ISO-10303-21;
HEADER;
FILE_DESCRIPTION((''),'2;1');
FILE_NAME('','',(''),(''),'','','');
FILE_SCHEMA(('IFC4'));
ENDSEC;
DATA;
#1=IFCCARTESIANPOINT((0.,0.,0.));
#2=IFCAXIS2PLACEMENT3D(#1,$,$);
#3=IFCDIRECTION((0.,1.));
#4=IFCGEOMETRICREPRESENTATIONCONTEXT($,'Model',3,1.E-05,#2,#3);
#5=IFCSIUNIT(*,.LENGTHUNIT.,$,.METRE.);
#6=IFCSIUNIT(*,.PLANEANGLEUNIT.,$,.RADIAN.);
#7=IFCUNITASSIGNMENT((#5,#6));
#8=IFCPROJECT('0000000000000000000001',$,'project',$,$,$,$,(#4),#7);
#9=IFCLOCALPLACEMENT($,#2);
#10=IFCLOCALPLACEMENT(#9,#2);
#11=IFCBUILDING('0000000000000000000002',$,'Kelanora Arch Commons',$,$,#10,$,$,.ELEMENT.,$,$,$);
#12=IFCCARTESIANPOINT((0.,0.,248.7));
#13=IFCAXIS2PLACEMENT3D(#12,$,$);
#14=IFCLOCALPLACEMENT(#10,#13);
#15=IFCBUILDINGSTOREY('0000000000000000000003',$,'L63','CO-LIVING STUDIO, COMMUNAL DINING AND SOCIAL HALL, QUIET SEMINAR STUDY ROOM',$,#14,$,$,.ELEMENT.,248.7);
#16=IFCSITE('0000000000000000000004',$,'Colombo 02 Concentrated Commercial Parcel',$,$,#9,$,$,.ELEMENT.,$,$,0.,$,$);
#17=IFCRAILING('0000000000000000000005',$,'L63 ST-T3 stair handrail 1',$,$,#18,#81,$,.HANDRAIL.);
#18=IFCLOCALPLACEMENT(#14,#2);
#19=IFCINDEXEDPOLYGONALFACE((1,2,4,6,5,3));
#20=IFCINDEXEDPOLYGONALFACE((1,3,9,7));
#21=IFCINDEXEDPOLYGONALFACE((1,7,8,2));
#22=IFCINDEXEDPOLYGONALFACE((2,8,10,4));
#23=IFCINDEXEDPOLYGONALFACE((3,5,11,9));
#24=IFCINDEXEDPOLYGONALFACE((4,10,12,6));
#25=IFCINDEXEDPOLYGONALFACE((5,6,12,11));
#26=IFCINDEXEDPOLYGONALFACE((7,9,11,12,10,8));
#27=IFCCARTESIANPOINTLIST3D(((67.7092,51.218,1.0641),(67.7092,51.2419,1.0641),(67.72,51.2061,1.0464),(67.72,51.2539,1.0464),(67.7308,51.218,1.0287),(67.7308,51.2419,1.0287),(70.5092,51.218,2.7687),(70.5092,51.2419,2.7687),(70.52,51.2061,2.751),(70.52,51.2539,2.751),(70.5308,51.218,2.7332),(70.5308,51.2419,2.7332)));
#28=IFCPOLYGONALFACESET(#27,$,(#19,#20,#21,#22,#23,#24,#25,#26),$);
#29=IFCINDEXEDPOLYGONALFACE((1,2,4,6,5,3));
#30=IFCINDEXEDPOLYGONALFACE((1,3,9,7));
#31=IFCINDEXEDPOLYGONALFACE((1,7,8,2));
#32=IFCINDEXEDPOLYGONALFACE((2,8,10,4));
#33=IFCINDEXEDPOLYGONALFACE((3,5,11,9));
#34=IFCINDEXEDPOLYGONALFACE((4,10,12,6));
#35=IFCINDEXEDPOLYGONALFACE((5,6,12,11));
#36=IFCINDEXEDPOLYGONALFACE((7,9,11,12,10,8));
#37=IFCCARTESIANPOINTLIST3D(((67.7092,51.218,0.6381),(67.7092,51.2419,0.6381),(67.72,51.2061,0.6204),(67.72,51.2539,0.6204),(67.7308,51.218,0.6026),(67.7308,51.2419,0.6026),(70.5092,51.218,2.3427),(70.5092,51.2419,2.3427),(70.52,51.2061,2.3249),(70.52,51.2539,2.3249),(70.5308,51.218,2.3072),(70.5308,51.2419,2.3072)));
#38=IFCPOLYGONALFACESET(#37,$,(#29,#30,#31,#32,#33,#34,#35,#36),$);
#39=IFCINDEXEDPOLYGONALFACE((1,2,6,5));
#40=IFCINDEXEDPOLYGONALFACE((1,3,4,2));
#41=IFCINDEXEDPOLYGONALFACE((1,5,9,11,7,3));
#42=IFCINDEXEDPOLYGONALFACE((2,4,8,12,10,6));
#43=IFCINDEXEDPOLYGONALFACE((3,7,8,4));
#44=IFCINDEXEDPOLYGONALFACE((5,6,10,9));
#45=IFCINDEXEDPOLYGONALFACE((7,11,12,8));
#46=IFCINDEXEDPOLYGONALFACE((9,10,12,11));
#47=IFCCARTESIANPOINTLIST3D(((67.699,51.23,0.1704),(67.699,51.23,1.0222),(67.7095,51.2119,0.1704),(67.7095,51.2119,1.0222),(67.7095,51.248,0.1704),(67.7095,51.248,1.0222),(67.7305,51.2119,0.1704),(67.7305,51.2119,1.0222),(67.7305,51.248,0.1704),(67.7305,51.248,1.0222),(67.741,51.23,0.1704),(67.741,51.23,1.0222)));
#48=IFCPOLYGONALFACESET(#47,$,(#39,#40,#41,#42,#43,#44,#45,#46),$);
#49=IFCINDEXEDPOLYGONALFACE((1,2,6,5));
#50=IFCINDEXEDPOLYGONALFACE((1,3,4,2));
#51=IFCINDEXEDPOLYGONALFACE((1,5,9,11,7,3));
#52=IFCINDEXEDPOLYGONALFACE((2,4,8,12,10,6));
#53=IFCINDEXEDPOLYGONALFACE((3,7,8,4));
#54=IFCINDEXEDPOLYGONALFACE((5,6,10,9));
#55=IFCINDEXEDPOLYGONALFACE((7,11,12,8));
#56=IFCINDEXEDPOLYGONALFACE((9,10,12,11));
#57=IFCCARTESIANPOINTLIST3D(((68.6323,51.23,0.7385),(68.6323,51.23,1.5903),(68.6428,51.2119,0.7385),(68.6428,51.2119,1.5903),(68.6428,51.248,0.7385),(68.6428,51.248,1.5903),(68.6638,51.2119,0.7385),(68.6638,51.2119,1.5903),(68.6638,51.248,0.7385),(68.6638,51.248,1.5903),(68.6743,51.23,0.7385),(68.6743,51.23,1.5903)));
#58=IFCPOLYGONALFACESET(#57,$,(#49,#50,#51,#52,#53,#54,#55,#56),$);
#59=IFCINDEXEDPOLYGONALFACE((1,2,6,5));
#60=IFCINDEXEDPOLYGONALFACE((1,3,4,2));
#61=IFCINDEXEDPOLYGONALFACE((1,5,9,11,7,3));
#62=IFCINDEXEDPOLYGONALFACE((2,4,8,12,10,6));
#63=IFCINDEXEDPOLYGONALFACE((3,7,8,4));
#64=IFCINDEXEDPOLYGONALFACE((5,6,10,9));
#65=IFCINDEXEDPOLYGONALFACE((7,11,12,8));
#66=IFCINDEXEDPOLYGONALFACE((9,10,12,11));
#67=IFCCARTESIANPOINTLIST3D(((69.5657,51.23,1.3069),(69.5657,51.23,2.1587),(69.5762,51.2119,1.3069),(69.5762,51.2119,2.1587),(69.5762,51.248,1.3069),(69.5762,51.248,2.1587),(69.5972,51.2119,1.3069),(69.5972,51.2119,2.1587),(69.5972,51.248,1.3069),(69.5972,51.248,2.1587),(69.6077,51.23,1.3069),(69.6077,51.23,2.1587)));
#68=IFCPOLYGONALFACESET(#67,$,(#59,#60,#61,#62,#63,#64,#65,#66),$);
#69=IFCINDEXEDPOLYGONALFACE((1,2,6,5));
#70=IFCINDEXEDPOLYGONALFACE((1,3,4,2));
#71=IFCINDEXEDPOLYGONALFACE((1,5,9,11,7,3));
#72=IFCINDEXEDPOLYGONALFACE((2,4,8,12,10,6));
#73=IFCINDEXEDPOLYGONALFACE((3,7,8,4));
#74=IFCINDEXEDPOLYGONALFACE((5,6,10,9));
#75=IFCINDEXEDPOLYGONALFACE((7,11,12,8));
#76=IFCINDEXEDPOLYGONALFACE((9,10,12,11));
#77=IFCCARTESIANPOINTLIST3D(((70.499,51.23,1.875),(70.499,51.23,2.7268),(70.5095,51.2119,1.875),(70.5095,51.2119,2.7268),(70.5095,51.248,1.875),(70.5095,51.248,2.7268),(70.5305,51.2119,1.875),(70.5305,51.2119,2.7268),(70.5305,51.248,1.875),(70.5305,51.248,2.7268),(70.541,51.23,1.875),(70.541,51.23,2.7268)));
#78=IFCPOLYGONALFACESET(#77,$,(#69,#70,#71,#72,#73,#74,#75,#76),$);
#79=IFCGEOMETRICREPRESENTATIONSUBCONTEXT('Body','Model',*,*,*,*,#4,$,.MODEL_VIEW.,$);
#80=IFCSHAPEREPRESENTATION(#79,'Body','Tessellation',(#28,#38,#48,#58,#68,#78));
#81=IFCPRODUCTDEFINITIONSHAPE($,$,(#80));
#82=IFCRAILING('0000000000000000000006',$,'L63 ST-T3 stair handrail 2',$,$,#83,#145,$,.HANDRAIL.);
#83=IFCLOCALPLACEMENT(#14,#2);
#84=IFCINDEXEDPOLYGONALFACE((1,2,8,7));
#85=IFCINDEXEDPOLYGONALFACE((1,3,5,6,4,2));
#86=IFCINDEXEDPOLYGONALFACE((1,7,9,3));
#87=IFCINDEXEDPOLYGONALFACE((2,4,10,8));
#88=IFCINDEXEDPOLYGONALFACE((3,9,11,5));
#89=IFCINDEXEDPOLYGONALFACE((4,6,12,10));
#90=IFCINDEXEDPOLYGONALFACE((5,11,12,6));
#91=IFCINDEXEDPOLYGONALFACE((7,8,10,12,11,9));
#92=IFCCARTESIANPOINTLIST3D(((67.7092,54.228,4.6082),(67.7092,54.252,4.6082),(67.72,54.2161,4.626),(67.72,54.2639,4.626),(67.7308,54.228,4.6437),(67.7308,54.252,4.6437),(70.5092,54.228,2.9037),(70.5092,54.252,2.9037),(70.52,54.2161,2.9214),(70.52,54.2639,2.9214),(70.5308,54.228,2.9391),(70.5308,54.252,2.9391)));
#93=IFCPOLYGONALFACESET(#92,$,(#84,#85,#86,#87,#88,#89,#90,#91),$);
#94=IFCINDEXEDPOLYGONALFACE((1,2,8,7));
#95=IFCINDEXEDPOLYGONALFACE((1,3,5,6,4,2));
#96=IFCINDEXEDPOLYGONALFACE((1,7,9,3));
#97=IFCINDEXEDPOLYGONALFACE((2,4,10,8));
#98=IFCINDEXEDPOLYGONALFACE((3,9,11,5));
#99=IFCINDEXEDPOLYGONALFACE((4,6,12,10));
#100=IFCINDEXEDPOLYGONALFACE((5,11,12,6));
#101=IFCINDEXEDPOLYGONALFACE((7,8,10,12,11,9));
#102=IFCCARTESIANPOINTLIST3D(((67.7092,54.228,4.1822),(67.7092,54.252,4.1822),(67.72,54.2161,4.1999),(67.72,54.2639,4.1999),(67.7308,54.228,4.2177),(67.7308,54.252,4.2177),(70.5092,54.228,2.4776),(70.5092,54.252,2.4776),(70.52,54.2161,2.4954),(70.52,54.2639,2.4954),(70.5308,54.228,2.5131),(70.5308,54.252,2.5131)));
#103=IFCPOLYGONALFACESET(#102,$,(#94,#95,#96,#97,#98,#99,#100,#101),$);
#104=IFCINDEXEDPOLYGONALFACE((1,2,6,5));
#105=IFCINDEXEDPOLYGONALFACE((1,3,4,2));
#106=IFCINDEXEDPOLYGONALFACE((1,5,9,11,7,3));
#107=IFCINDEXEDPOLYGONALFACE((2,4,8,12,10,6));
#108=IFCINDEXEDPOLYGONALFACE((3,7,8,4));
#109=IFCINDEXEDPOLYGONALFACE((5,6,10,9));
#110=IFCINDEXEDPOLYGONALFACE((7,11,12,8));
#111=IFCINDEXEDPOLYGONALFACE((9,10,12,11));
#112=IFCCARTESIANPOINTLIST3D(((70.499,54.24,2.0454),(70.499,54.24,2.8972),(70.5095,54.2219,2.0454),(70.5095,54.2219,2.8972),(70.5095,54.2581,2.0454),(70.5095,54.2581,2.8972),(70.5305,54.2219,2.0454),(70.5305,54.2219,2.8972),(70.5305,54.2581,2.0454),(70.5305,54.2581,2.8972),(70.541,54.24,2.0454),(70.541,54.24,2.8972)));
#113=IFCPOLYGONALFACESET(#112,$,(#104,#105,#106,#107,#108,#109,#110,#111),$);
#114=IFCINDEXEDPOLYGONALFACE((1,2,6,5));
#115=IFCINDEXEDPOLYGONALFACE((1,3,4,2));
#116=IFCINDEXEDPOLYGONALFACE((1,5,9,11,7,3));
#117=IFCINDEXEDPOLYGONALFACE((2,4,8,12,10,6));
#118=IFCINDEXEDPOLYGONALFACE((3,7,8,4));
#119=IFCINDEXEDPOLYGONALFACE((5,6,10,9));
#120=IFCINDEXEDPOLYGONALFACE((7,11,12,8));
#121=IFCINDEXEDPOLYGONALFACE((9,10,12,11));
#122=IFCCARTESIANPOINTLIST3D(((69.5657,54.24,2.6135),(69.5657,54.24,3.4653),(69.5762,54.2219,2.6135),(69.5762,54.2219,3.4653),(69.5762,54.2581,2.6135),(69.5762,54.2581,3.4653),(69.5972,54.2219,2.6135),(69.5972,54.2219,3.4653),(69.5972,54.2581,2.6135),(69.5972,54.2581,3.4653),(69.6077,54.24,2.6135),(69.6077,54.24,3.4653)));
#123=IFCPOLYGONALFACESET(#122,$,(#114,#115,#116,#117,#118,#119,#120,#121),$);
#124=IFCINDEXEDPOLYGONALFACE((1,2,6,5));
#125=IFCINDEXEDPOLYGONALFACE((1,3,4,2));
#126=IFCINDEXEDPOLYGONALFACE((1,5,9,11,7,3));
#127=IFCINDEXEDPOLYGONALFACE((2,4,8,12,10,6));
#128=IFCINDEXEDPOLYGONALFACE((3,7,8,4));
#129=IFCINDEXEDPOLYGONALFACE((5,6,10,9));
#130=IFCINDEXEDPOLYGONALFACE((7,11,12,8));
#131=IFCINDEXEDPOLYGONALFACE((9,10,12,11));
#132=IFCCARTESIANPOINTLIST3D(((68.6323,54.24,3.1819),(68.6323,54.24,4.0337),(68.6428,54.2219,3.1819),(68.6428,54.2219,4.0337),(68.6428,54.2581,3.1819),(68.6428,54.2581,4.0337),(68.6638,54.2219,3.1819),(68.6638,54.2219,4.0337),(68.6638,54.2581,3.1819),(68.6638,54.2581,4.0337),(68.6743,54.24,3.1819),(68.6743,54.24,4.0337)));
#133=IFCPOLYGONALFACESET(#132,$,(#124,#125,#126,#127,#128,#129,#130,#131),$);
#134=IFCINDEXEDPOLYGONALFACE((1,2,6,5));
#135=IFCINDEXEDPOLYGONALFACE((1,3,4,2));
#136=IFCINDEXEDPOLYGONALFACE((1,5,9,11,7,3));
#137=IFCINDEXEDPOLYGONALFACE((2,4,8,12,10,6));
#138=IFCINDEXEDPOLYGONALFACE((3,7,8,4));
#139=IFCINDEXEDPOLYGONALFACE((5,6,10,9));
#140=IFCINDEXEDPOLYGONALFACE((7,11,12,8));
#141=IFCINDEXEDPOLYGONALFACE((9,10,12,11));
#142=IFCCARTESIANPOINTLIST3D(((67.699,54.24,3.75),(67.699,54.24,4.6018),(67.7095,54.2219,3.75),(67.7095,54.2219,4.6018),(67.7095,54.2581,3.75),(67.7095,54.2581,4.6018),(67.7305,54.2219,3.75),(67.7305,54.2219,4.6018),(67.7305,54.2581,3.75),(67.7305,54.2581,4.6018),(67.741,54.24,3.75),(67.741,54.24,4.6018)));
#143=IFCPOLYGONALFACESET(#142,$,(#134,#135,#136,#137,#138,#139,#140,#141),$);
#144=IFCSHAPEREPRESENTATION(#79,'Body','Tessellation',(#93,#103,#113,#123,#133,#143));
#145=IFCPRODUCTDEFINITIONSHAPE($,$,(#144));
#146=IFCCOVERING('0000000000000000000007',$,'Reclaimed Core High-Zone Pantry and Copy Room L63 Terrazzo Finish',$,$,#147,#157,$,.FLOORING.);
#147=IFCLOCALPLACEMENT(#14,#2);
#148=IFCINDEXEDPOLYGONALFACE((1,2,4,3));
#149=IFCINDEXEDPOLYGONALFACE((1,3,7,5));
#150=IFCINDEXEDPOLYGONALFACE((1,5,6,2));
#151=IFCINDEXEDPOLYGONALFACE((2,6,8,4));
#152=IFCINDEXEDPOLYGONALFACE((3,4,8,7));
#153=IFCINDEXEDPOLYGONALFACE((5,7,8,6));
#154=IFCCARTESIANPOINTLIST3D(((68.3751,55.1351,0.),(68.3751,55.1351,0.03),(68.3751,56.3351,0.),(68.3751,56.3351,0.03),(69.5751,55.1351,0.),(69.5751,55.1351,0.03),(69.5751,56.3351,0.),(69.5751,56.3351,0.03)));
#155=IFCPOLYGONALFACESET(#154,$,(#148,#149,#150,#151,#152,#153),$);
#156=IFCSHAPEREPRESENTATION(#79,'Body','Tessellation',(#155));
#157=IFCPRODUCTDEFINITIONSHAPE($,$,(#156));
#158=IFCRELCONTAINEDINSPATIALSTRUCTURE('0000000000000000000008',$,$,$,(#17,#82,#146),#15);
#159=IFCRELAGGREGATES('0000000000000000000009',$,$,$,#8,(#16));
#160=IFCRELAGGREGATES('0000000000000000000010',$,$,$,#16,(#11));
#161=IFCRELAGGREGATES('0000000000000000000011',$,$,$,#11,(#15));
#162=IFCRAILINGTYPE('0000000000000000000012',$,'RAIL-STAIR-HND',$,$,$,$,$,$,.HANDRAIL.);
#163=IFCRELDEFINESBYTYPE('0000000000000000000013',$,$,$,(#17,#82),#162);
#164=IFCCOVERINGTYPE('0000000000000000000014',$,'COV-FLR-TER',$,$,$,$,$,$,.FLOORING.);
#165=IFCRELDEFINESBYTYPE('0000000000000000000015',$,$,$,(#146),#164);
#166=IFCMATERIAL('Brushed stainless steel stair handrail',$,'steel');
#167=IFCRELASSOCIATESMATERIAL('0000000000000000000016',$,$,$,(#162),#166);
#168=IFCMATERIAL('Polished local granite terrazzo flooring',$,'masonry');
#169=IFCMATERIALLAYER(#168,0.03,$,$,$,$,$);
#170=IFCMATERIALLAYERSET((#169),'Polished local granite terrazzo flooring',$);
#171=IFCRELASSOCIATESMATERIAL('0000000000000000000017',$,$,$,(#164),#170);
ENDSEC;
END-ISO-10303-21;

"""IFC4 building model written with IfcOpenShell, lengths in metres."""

from ifc_helpers import new_model, si_unit, direction, frame, origin, origin_2d, place, context, subcontext, project, spatial, polyline, rectangle, outline, extrude, source, transform, mapped, material, layer, layer_set, type_object, element, save


model = new_model("IFC4")

# Units and contexts
model_context = context("Model", 3, precision=1e-05, world=origin(), true_north=direction((0.0, 1.0)))
body_context = subcontext(model_context, "Body", "Model", "MODEL_VIEW")
ifc_project = project(units=[si_unit("LENGTHUNIT", "METRE"), si_unit("PLANEANGLEUNIT", "RADIAN")], contexts=[model_context])

# Site, building, storey
site_placement = place(None, origin())
site = spatial("IfcSite", under=ifc_project, at=site_placement, Name="Colombo 02 Concentrated Commercial Parcel", CompositionType="ELEMENT", RefElevation=0.0)
building_placement = place(site_placement, origin())
building = spatial("IfcBuilding", under=site, at=building_placement, Name="Kelanora Arch Commons", CompositionType="ELEMENT")
storey_placement = place(building_placement, frame((0.0, 0.0, 248.7)))
storey = spatial("IfcBuildingStorey", under=building, at=storey_placement, Name="L63", Description="CO-LIVING STUDIO, COMMUNAL DINING AND SOCIAL HALL, QUIET SEMINAR STUDY ROOM", CompositionType="ELEMENT", Elevation=248.7)

# Railings
ifc_material_1 = material(Name="Brushed stainless steel stair handrail", Category="steel")
railing_type_1 = type_object("IfcRailingType", Name="RAIL-STAIR-HND", PredefinedType="HANDRAIL", material=ifc_material_1)
railing_1_placement = place(storey_placement, frame((67.72, 51.23, 0.1704)))
element("IfcRailing", 1, at=railing_1_placement, inside=storey, type_object=railing_type_1, Name="L63 ST-T3 stair handrail 1", PredefinedType="HANDRAIL", context=body_context, shape_type="SweptSolid", body=[
    extrude(outline(polyline([(0.0239, 0.0), (0.012, 0.0208), (-0.012, 0.0208), (-0.0239, 0.0), (-0.012, -0.0208), (0.012, -0.0208), (0.0239, 0.0)])), frame((0.0, 0.0, 0.876), z_axis=(0.85417, 0.0, 0.519994), x_axis=(0.0, 1.0, 0.0)), (0.0, 0.0, 1.0), 3.2781),
    extrude(outline(polyline([(0.0239, 0.0), (0.012, 0.0208), (-0.012, 0.0208), (-0.0239, 0.0), (-0.012, -0.0208), (0.012, -0.0208), (0.0239, 0.0)])), frame((0.0, 0.0, 0.45), z_axis=(0.85417, 0.0, 0.519994), x_axis=(0.0, 1.0, 0.0)), (0.0, 0.0, 1.0), 3.2781),
    extrude(outline(polyline([(0.021, 0.0), (0.0105, 0.0181), (-0.0105, 0.0181), (-0.021, 0.0), (-0.0105, -0.0181), (0.0105, -0.0181), (0.021, 0.0)])), origin(), (0.0, 0.0, 1.0), 0.8518),
    extrude(outline(polyline([(0.021, 0.0), (0.0105, 0.0181), (-0.0105, 0.0181), (-0.021, 0.0), (-0.0105, -0.0181), (0.0105, -0.0181), (0.021, 0.0)])), frame((0.9333, 0.0, 0.5681)), (0.0, 0.0, 1.0), 0.8518),
    extrude(outline(polyline([(0.021, 0.0), (0.0105, 0.0181), (-0.0105, 0.0181), (-0.021, 0.0), (-0.0105, -0.0181), (0.0105, -0.0181), (0.021, 0.0)])), frame((1.8667, 0.0, 1.1365)), (0.0, 0.0, 1.0), 0.8518),
    extrude(outline(polyline([(0.021, 0.0), (0.0105, 0.0181), (-0.0105, 0.0181), (-0.021, 0.0), (-0.0105, -0.0181), (0.0105, -0.0181), (0.021, 0.0)])), frame((2.8, 0.0, 1.7046)), (0.0, 0.0, 1.0), 0.8518),
])
railing_2_placement = place(storey_placement, frame((70.52, 54.24, 2.0454)))
element("IfcRailing", 2, at=railing_2_placement, inside=storey, type_object=railing_type_1, Name="L63 ST-T3 stair handrail 2", PredefinedType="HANDRAIL", context=body_context, shape_type="SweptSolid", body=[
    extrude(outline(polyline([(0.0239, 0.0), (0.012, 0.0208), (-0.012, 0.0208), (-0.0239, 0.0), (-0.012, -0.0208), (0.012, -0.0208), (0.0239, 0.0)])), frame((0.0, 0.0, 0.876), z_axis=(-0.85417, 0.0, 0.519994), x_axis=(0.0, -1.0, 0.0)), (0.0, 0.0, 1.0), 3.2781),
    extrude(outline(polyline([(0.0239, 0.0), (0.012, 0.0208), (-0.012, 0.0208), (-0.0239, 0.0), (-0.012, -0.0208), (0.012, -0.0208), (0.0239, 0.0)])), frame((0.0, 0.0, 0.45), z_axis=(-0.85417, 0.0, 0.519994), x_axis=(0.0, -1.0, 0.0)), (0.0, 0.0, 1.0), 3.2781),
    extrude(outline(polyline([(0.021, 0.0), (0.0105, 0.0181), (-0.0105, 0.0181), (-0.021, 0.0), (-0.0105, -0.0181), (0.0105, -0.0181), (0.021, 0.0)])), origin(), (0.0, 0.0, 1.0), 0.8518),
    extrude(outline(polyline([(0.021, 0.0), (0.0105, 0.0181), (-0.0105, 0.0181), (-0.021, 0.0), (-0.0105, -0.0181), (0.0105, -0.0181), (0.021, 0.0)])), frame((-0.9333, 0.0, 0.5681)), (0.0, 0.0, 1.0), 0.8518),
    extrude(outline(polyline([(0.021, 0.0), (0.0105, 0.0181), (-0.0105, 0.0181), (-0.021, 0.0), (-0.0105, -0.0181), (0.0105, -0.0181), (0.021, 0.0)])), frame((-1.8667, 0.0, 1.1365)), (0.0, 0.0, 1.0), 0.8518),
    extrude(outline(polyline([(0.021, 0.0), (0.0105, 0.0181), (-0.0105, 0.0181), (-0.021, 0.0), (-0.0105, -0.0181), (0.0105, -0.0181), (0.021, 0.0)])), frame((-2.8, 0.0, 1.7046)), (0.0, 0.0, 1.0), 0.8518),
])

# Covering
ifc_material_2 = material(Name="Polished local granite terrazzo flooring", Category="masonry")
ifc_layer_1 = layer(ifc_material_2, 0.03)
ifc_layer_set_1 = layer_set([ifc_layer_1], Name="Polished local granite terrazzo flooring")
covering_type = type_object("IfcCoveringType", Name="COV-FLR-TER", PredefinedType="FLOORING", material=ifc_layer_set_1)
shared_shape = source(origin(), body_context, "Body", "SweptSolid", [
    extrude(rectangle(XDim=1.2, YDim=1.2, at=origin_2d()), origin(), (0.0, 0.0, 1.0), 0.03),
])
covering_placement = place(storey_placement, frame((68.9751, 55.7351, 0.0), z_axis=(0.0, 0.0, 1.0), x_axis=(1.0, 0.0, 0.0)))
element("IfcCovering", 3, at=covering_placement, inside=storey, type_object=covering_type, Name="Reclaimed Core High-Zone Pantry and Copy Room L63 Terrazzo Finish", PredefinedType="FLOORING", context=body_context, shape_type="MappedRepresentation", body=[
    mapped(shared_shape, transform((0.0, 0.0, 0.0), scale=1.0)),
])

save(model, "model.ifc")
